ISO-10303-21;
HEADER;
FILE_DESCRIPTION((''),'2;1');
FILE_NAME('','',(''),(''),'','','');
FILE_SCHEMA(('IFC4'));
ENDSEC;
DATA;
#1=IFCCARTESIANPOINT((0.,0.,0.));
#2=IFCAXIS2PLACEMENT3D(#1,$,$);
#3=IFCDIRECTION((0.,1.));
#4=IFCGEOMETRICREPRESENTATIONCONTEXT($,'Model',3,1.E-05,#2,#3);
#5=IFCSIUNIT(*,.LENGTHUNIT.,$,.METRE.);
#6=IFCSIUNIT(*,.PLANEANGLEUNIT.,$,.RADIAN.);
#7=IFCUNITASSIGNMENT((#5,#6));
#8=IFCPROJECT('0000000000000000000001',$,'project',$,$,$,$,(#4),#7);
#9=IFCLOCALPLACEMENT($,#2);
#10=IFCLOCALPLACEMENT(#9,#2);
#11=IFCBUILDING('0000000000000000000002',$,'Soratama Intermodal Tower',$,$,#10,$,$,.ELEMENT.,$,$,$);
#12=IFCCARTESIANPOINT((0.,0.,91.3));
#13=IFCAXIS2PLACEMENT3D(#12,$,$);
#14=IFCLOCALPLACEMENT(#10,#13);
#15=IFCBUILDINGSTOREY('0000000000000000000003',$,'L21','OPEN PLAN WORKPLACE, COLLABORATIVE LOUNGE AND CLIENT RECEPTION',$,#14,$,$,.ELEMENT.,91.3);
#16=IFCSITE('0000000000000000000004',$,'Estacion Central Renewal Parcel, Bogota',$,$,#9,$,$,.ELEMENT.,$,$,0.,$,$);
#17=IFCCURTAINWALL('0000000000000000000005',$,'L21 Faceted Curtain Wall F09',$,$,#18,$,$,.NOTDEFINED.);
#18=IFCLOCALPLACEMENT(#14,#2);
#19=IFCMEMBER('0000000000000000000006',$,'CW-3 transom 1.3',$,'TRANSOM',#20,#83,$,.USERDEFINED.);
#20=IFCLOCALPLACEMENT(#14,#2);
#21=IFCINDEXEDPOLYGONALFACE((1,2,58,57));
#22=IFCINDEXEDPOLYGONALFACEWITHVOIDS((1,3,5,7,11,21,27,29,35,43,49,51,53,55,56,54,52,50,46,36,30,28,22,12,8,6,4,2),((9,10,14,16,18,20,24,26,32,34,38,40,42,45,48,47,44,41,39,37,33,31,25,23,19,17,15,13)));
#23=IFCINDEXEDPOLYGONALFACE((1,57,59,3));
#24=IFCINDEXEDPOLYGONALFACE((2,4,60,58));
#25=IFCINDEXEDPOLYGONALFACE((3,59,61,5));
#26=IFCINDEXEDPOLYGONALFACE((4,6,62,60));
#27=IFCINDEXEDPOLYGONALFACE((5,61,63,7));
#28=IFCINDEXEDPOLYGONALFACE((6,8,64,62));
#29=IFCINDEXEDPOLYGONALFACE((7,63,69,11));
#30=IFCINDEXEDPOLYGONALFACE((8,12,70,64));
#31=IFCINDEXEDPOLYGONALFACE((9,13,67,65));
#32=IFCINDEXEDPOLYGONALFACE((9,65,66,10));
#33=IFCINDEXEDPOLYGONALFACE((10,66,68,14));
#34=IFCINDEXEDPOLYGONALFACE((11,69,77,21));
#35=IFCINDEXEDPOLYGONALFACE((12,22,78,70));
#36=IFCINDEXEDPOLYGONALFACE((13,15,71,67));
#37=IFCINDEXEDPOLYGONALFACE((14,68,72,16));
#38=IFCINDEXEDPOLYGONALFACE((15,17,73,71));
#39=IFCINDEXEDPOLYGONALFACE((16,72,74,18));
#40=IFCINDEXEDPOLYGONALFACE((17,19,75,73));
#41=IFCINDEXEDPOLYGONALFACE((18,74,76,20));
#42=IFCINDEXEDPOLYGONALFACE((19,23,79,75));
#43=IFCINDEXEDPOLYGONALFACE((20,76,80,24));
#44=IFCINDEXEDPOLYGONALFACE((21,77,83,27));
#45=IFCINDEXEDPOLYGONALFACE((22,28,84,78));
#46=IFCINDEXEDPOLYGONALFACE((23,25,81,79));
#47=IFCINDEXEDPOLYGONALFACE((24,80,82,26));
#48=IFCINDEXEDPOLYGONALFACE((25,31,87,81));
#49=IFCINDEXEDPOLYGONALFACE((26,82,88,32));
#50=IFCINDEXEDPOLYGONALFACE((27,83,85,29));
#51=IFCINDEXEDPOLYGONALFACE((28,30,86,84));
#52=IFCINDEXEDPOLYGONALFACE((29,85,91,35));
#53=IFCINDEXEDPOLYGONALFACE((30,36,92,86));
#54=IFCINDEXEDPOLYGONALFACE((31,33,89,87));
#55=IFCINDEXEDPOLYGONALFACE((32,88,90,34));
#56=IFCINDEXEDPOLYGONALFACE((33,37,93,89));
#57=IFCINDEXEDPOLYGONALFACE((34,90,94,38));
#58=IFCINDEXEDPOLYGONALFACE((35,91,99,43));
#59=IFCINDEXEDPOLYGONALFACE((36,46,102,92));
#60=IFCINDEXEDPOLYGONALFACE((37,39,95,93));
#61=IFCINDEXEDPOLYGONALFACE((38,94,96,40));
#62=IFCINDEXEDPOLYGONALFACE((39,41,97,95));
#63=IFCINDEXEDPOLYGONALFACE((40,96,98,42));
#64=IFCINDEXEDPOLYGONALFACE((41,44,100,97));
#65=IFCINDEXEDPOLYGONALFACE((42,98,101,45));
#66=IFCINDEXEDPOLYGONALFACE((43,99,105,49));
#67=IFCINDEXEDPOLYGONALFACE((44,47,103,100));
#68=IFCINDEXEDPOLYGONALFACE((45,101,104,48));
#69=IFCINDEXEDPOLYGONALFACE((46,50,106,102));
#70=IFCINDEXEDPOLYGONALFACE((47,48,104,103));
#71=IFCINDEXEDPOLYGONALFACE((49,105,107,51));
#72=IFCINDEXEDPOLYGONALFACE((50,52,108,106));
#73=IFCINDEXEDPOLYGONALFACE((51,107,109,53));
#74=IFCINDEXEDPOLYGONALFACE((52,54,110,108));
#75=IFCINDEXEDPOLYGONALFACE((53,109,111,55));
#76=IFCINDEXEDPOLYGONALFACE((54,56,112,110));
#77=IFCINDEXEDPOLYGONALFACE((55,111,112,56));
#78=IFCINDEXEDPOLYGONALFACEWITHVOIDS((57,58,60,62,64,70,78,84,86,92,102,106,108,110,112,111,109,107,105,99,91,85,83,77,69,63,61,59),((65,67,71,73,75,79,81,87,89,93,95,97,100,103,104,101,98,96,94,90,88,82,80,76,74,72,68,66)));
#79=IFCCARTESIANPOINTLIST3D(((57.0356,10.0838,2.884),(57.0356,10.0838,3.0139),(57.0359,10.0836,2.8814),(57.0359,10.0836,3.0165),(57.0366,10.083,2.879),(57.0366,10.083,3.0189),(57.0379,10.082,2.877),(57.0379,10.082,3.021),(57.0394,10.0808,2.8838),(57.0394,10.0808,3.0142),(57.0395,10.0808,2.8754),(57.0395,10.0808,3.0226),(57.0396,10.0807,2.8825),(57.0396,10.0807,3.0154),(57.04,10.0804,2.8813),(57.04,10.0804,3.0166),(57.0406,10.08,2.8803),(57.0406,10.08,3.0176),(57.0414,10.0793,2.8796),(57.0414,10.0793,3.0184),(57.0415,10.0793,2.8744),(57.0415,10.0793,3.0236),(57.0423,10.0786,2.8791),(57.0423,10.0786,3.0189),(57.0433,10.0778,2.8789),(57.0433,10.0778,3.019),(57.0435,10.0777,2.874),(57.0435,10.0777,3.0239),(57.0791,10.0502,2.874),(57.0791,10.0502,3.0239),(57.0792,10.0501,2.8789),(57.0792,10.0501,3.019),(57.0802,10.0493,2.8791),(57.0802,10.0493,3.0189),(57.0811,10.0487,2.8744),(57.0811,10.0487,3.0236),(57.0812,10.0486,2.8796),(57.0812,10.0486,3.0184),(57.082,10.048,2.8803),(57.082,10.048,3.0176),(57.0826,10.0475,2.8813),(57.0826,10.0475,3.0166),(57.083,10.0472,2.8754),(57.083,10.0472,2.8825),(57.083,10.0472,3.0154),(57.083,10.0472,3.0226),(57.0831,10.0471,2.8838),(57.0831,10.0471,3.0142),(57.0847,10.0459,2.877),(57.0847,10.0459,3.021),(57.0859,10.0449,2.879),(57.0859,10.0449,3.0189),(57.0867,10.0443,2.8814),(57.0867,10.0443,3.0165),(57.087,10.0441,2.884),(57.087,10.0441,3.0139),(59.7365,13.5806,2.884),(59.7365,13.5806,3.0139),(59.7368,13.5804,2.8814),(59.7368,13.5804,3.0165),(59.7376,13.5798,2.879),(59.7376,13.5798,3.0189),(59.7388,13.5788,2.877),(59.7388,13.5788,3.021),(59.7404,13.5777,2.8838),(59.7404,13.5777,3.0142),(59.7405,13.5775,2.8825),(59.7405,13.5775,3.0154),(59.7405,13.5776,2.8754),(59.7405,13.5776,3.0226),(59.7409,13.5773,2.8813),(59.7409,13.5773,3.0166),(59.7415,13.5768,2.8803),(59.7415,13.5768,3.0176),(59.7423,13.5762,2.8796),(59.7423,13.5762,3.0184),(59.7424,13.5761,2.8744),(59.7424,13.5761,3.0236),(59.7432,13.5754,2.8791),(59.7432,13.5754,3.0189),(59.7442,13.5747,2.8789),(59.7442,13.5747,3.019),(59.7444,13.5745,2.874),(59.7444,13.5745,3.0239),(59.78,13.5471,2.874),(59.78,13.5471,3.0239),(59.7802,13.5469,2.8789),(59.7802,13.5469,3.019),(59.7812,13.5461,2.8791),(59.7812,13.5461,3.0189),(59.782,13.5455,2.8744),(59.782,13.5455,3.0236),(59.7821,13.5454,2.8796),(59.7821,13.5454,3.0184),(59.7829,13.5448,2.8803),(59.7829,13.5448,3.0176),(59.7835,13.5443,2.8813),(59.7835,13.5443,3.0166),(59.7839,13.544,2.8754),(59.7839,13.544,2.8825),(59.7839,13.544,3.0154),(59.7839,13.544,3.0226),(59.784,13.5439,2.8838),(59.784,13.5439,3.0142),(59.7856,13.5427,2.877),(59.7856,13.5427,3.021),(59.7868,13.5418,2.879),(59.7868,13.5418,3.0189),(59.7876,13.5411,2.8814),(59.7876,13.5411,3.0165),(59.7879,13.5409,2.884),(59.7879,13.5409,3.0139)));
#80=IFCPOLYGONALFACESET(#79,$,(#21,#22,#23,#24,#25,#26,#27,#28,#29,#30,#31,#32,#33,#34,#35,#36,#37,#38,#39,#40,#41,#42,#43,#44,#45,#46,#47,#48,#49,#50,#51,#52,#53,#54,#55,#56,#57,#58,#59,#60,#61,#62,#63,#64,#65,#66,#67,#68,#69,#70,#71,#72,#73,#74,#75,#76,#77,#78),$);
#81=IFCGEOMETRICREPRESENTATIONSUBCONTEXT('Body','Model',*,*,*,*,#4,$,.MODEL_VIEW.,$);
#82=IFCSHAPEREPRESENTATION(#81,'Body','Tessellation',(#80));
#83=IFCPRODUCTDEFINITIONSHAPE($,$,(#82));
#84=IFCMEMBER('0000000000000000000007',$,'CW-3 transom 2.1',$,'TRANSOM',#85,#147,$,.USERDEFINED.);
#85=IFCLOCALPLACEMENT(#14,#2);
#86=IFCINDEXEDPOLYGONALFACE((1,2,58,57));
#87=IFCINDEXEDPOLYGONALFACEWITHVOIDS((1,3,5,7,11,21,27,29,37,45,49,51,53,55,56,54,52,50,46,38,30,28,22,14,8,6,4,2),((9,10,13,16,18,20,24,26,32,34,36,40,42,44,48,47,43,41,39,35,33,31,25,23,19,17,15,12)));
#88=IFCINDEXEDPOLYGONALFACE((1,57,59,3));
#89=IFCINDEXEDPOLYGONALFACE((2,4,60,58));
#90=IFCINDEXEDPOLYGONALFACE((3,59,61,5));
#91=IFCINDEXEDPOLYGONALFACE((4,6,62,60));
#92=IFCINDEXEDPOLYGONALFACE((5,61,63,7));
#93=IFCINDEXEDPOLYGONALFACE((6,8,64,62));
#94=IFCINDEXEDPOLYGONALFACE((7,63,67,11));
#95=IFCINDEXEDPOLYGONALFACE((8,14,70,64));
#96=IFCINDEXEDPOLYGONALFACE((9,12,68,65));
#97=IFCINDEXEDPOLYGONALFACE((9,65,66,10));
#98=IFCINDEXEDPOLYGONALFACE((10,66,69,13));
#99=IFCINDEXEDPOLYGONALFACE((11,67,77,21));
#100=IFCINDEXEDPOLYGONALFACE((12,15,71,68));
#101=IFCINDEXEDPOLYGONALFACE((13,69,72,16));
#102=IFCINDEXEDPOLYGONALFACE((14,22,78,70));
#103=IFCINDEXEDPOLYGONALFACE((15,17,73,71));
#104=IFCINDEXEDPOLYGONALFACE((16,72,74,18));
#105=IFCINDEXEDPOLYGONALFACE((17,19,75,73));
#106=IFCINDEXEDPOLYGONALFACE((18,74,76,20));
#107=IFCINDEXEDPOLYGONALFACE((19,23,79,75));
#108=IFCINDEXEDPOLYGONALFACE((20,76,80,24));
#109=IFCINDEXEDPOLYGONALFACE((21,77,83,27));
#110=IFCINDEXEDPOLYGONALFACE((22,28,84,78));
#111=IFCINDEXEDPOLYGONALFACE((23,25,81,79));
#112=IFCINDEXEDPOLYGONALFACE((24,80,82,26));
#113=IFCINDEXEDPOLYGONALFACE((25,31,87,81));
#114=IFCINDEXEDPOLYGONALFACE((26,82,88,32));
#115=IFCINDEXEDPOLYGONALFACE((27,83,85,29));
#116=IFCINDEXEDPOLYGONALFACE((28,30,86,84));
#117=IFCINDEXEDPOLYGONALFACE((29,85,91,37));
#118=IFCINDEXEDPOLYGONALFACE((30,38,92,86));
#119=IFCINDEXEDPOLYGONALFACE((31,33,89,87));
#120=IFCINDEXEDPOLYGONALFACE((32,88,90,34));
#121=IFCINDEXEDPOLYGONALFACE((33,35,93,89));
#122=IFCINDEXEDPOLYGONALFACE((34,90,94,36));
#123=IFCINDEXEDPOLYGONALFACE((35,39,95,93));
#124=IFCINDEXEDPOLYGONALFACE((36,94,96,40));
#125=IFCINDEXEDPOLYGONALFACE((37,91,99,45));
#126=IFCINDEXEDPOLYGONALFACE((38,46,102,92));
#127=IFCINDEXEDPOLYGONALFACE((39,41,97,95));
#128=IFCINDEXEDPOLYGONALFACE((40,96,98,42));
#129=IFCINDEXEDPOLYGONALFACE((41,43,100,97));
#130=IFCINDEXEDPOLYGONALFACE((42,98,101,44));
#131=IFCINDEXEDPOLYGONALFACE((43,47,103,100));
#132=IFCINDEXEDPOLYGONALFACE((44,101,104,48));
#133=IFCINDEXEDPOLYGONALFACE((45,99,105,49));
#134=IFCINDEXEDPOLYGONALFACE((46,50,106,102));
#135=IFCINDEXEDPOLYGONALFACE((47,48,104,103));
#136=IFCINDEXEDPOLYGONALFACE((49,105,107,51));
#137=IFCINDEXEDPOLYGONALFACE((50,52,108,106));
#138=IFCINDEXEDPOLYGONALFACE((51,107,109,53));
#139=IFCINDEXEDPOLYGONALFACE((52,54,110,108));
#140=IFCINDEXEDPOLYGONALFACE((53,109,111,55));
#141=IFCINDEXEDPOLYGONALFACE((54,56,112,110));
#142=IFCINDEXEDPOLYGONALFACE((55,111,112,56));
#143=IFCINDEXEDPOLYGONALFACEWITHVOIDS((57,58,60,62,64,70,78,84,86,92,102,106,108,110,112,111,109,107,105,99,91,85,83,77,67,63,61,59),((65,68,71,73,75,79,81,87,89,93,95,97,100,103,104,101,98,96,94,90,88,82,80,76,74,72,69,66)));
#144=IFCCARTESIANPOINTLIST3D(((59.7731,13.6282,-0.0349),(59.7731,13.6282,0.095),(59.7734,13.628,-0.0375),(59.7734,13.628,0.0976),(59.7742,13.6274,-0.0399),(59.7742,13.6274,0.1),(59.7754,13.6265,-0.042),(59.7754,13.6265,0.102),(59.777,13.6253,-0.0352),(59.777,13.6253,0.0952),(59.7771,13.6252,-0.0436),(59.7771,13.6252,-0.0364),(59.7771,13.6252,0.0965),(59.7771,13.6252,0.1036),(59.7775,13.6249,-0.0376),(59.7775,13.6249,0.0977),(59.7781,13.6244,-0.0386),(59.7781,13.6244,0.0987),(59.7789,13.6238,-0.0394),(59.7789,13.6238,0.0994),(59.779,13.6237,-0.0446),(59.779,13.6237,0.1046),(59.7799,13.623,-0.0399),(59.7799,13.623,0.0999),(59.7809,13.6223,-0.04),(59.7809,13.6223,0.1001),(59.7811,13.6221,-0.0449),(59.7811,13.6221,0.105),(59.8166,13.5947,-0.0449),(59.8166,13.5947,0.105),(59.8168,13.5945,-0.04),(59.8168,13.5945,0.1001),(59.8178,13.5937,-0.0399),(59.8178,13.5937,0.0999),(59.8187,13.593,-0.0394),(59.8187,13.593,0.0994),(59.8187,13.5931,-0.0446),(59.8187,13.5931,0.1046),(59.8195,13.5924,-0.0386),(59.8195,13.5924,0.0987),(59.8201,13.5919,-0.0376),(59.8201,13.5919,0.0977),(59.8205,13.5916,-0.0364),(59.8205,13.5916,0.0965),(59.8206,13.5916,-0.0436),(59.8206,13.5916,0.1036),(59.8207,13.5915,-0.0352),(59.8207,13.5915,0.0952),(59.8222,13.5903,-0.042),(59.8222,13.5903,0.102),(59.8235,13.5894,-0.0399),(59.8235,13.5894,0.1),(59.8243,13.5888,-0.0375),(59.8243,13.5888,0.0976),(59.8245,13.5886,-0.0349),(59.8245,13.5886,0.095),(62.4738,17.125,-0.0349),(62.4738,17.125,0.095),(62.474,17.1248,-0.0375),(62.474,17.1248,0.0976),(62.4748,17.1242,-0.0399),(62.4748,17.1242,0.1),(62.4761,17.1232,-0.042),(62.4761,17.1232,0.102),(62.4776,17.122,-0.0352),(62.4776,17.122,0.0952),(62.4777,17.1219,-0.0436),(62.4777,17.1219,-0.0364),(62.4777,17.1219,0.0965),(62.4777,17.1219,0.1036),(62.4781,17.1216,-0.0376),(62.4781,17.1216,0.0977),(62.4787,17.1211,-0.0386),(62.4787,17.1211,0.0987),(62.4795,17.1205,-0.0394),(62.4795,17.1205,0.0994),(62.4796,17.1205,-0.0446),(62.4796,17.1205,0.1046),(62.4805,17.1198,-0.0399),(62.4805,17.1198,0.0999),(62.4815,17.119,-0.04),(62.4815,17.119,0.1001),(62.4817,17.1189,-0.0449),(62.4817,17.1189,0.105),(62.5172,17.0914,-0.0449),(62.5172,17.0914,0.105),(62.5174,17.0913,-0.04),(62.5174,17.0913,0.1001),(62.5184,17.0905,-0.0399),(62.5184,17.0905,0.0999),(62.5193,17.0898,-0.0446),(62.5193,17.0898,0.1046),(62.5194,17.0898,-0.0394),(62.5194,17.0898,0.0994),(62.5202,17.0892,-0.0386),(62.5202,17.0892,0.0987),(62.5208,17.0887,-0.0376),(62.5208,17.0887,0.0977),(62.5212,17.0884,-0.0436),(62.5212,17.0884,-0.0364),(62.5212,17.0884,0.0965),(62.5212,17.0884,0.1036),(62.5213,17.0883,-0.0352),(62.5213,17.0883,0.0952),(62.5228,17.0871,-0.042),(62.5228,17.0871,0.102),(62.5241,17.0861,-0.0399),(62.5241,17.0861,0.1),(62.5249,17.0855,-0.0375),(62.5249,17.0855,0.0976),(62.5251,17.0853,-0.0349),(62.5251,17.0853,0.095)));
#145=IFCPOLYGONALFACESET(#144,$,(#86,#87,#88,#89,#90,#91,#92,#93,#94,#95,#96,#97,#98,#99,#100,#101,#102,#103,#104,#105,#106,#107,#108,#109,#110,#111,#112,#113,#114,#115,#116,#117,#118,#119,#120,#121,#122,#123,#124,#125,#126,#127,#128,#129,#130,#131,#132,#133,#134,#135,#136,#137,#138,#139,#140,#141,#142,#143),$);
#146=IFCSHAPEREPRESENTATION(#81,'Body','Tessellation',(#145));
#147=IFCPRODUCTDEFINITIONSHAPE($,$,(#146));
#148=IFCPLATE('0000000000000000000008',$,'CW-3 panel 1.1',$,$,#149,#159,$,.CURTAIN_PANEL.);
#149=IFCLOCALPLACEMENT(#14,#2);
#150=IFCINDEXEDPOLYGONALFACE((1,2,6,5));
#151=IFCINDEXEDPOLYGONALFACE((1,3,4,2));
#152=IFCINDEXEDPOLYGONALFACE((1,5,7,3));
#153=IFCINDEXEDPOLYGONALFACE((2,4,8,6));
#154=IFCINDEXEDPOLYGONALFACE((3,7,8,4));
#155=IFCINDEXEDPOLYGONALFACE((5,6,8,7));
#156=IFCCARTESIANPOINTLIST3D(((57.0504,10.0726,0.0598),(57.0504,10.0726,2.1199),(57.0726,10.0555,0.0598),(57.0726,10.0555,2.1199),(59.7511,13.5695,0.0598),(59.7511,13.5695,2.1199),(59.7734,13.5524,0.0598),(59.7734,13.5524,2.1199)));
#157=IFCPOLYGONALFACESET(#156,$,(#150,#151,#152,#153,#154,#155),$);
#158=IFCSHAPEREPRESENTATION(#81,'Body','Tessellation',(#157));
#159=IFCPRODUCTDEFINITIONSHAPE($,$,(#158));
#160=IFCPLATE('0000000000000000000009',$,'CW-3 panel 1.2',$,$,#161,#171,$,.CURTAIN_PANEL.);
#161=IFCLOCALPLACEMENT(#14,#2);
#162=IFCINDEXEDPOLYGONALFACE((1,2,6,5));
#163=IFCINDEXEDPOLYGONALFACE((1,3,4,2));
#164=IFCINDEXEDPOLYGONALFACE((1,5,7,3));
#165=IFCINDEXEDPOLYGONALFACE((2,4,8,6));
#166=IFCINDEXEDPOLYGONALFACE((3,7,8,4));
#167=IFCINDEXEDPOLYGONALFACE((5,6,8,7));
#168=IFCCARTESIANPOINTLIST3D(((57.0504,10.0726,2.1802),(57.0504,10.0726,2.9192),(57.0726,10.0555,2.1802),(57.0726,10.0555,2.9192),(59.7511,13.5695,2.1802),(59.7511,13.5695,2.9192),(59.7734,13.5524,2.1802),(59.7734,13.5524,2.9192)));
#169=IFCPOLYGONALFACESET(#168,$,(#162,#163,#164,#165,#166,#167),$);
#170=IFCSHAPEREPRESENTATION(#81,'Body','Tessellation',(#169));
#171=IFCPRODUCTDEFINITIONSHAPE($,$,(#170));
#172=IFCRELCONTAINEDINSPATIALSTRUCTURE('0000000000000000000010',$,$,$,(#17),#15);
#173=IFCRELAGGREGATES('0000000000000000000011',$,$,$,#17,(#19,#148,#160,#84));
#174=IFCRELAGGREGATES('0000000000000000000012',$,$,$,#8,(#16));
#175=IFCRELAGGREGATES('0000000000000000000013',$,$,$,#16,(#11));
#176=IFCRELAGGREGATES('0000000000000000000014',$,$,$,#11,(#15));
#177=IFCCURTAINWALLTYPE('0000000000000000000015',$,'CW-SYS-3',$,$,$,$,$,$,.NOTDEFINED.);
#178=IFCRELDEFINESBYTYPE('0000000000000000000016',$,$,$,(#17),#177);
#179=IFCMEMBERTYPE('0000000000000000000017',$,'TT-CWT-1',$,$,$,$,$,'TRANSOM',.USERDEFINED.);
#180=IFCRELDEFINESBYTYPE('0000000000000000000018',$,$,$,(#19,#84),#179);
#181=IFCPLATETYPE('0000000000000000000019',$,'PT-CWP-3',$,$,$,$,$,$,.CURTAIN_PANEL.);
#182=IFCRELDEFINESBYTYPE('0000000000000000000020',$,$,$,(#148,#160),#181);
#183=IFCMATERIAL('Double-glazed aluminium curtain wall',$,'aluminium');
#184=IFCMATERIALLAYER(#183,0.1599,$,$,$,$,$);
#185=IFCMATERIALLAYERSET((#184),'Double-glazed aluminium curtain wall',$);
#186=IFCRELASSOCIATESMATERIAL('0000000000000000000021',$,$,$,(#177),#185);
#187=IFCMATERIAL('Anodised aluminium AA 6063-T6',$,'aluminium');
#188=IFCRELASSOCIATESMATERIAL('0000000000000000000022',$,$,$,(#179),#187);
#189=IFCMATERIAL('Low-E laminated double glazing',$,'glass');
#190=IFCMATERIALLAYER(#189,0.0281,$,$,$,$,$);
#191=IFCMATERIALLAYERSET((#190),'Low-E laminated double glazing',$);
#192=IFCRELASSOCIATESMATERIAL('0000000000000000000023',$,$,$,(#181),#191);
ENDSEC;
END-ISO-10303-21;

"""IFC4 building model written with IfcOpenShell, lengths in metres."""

from ifc_helpers import new_model, si_unit, direction, frame, origin, origin_2d, place, context, subcontext, project, spatial, rectangle, hollow_rectangle, extrude, material, layer, layer_set, material_profile, profile_set, type_object, element, aggregate, save


model = new_model("IFC4")

# Units and contexts
model_context = context("Model", 3, precision=1e-05, world=origin(), true_north=direction((0.0, 1.0)))
body_context = subcontext(model_context, "Body", "Model", "MODEL_VIEW")
ifc_project = project(units=[si_unit("LENGTHUNIT", "METRE"), si_unit("PLANEANGLEUNIT", "RADIAN")], contexts=[model_context])

# Site, building, storey
site_placement = place(None, origin())
site = spatial("IfcSite", under=ifc_project, at=site_placement, Name="Estacion Central Renewal Parcel, Bogota", CompositionType="ELEMENT", RefElevation=0.0)
building_placement = place(site_placement, origin())
building = spatial("IfcBuilding", under=site, at=building_placement, Name="Soratama Intermodal Tower", CompositionType="ELEMENT")
storey_placement = place(building_placement, frame((0.0, 0.0, 91.3)))
storey = spatial("IfcBuildingStorey", under=building, at=storey_placement, Name="L21", Description="OPEN PLAN WORKPLACE, COLLABORATIVE LOUNGE AND CLIENT RECEPTION", CompositionType="ELEMENT", Elevation=91.3)

# Curtain wall, members, plates
ifc_material_1 = material(Name="Double-glazed aluminium curtain wall", Category="aluminium")
ifc_layer_1 = layer(ifc_material_1, 0.1599)
ifc_layer_set_1 = layer_set([ifc_layer_1], Name="Double-glazed aluminium curtain wall")
curtain_wall_type = type_object("IfcCurtainWallType", Name="CW-SYS-3", PredefinedType="NOTDEFINED", material=ifc_layer_set_1)
curtain_wall_placement = place(storey_placement, origin())
curtain_wall = element("IfcCurtainWall", 1, at=curtain_wall_placement, inside=storey, type_object=curtain_wall_type, Name="L21 Faceted Curtain Wall F09", PredefinedType="NOTDEFINED")
ifc_material_2 = material(Name="Anodised aluminium AA 6063-T6", Category="aluminium")
ifc_material_profile_1 = material_profile(ifc_material_2, hollow_rectangle(XDim=0.0649, YDim=0.1499, WallThickness=0.0049, InnerFilletRadius=0.0049, OuterFilletRadius=0.01, at=origin_2d()), Name="CWT150X65X5")
ifc_profile_set_1 = profile_set([ifc_material_profile_1], Name="Anodised aluminium AA 6063-T6")
member_type_1 = type_object("IfcMemberType", Name="TT-CWT-1", ElementType="TRANSOM", PredefinedType="USERDEFINED", material=ifc_profile_set_1)
member_1_placement = place(storey_placement, frame((57.0613, 10.064, 2.949), z_axis=(0.611282, 0.791413, 0.0), x_axis=(-0.791413, 0.611282, 0.0)))
member_1 = element("IfcMember", 2, at=member_1_placement, type_object=member_type_1, Name="CW-3 transom 1.3", ObjectType="TRANSOM", PredefinedType="USERDEFINED", context=body_context, shape_type="SweptSolid", body=[
    extrude(hollow_rectangle(XDim=0.0649, YDim=0.1499, WallThickness=0.0049, InnerFilletRadius=0.0049, OuterFilletRadius=0.01, at=origin_2d()), origin(), (0.0, 0.0, 1.0), 4.4185),
])
member_2_placement = place(storey_placement, frame((59.7988, 13.6084, 0.03), z_axis=(0.611248, 0.791439, 0.0), x_axis=(-0.791439, 0.611248, 0.0)))
member_2 = element("IfcMember", 3, at=member_2_placement, type_object=member_type_1, Name="CW-3 transom 2.1", ObjectType="TRANSOM", PredefinedType="USERDEFINED", context=body_context, shape_type="SweptSolid", body=[
    extrude(hollow_rectangle(XDim=0.0649, YDim=0.1499, WallThickness=0.0049, InnerFilletRadius=0.0049, OuterFilletRadius=0.01, at=origin_2d()), origin(), (0.0, 0.0, 1.0), 4.4182),
])
ifc_material_3 = material(Name="Low-E laminated double glazing", Category="glass")
ifc_layer_2 = layer(ifc_material_3, 0.0281)
ifc_layer_set_2 = layer_set([ifc_layer_2], Name="Low-E laminated double glazing")
plate_type = type_object("IfcPlateType", Name="PT-CWP-3", PredefinedType="CURTAIN_PANEL", material=ifc_layer_set_2)
plate_1_placement = place(storey_placement, frame((58.4119, 11.8125, 0.0598), z_axis=(0.0, 0.0, 1.0), x_axis=(0.611251, 0.791437, 0.0)))
plate_1 = element("IfcPlate", 4, at=plate_1_placement, type_object=plate_type, Name="CW-3 panel 1.1", PredefinedType="CURTAIN_PANEL", context=body_context, shape_type="SweptSolid", body=[
    extrude(rectangle(XDim=4.4185, YDim=0.0281, at=origin_2d()), origin(), (0.0, 0.0, 1.0), 2.0601),
])
plate_2_placement = place(storey_placement, frame((58.4119, 11.8125, 2.1802), z_axis=(0.0, 0.0, 1.0), x_axis=(0.611251, 0.791437, 0.0)))
plate_2 = element("IfcPlate", 5, at=plate_2_placement, type_object=plate_type, Name="CW-3 panel 1.2", PredefinedType="CURTAIN_PANEL", context=body_context, shape_type="SweptSolid", body=[
    extrude(rectangle(XDim=4.4185, YDim=0.0281, at=origin_2d()), origin(), (0.0, 0.0, 1.0), 0.739),
])
aggregate(curtain_wall, [member_1, plate_1, plate_2, member_2])

save(model, "model.ifc")
